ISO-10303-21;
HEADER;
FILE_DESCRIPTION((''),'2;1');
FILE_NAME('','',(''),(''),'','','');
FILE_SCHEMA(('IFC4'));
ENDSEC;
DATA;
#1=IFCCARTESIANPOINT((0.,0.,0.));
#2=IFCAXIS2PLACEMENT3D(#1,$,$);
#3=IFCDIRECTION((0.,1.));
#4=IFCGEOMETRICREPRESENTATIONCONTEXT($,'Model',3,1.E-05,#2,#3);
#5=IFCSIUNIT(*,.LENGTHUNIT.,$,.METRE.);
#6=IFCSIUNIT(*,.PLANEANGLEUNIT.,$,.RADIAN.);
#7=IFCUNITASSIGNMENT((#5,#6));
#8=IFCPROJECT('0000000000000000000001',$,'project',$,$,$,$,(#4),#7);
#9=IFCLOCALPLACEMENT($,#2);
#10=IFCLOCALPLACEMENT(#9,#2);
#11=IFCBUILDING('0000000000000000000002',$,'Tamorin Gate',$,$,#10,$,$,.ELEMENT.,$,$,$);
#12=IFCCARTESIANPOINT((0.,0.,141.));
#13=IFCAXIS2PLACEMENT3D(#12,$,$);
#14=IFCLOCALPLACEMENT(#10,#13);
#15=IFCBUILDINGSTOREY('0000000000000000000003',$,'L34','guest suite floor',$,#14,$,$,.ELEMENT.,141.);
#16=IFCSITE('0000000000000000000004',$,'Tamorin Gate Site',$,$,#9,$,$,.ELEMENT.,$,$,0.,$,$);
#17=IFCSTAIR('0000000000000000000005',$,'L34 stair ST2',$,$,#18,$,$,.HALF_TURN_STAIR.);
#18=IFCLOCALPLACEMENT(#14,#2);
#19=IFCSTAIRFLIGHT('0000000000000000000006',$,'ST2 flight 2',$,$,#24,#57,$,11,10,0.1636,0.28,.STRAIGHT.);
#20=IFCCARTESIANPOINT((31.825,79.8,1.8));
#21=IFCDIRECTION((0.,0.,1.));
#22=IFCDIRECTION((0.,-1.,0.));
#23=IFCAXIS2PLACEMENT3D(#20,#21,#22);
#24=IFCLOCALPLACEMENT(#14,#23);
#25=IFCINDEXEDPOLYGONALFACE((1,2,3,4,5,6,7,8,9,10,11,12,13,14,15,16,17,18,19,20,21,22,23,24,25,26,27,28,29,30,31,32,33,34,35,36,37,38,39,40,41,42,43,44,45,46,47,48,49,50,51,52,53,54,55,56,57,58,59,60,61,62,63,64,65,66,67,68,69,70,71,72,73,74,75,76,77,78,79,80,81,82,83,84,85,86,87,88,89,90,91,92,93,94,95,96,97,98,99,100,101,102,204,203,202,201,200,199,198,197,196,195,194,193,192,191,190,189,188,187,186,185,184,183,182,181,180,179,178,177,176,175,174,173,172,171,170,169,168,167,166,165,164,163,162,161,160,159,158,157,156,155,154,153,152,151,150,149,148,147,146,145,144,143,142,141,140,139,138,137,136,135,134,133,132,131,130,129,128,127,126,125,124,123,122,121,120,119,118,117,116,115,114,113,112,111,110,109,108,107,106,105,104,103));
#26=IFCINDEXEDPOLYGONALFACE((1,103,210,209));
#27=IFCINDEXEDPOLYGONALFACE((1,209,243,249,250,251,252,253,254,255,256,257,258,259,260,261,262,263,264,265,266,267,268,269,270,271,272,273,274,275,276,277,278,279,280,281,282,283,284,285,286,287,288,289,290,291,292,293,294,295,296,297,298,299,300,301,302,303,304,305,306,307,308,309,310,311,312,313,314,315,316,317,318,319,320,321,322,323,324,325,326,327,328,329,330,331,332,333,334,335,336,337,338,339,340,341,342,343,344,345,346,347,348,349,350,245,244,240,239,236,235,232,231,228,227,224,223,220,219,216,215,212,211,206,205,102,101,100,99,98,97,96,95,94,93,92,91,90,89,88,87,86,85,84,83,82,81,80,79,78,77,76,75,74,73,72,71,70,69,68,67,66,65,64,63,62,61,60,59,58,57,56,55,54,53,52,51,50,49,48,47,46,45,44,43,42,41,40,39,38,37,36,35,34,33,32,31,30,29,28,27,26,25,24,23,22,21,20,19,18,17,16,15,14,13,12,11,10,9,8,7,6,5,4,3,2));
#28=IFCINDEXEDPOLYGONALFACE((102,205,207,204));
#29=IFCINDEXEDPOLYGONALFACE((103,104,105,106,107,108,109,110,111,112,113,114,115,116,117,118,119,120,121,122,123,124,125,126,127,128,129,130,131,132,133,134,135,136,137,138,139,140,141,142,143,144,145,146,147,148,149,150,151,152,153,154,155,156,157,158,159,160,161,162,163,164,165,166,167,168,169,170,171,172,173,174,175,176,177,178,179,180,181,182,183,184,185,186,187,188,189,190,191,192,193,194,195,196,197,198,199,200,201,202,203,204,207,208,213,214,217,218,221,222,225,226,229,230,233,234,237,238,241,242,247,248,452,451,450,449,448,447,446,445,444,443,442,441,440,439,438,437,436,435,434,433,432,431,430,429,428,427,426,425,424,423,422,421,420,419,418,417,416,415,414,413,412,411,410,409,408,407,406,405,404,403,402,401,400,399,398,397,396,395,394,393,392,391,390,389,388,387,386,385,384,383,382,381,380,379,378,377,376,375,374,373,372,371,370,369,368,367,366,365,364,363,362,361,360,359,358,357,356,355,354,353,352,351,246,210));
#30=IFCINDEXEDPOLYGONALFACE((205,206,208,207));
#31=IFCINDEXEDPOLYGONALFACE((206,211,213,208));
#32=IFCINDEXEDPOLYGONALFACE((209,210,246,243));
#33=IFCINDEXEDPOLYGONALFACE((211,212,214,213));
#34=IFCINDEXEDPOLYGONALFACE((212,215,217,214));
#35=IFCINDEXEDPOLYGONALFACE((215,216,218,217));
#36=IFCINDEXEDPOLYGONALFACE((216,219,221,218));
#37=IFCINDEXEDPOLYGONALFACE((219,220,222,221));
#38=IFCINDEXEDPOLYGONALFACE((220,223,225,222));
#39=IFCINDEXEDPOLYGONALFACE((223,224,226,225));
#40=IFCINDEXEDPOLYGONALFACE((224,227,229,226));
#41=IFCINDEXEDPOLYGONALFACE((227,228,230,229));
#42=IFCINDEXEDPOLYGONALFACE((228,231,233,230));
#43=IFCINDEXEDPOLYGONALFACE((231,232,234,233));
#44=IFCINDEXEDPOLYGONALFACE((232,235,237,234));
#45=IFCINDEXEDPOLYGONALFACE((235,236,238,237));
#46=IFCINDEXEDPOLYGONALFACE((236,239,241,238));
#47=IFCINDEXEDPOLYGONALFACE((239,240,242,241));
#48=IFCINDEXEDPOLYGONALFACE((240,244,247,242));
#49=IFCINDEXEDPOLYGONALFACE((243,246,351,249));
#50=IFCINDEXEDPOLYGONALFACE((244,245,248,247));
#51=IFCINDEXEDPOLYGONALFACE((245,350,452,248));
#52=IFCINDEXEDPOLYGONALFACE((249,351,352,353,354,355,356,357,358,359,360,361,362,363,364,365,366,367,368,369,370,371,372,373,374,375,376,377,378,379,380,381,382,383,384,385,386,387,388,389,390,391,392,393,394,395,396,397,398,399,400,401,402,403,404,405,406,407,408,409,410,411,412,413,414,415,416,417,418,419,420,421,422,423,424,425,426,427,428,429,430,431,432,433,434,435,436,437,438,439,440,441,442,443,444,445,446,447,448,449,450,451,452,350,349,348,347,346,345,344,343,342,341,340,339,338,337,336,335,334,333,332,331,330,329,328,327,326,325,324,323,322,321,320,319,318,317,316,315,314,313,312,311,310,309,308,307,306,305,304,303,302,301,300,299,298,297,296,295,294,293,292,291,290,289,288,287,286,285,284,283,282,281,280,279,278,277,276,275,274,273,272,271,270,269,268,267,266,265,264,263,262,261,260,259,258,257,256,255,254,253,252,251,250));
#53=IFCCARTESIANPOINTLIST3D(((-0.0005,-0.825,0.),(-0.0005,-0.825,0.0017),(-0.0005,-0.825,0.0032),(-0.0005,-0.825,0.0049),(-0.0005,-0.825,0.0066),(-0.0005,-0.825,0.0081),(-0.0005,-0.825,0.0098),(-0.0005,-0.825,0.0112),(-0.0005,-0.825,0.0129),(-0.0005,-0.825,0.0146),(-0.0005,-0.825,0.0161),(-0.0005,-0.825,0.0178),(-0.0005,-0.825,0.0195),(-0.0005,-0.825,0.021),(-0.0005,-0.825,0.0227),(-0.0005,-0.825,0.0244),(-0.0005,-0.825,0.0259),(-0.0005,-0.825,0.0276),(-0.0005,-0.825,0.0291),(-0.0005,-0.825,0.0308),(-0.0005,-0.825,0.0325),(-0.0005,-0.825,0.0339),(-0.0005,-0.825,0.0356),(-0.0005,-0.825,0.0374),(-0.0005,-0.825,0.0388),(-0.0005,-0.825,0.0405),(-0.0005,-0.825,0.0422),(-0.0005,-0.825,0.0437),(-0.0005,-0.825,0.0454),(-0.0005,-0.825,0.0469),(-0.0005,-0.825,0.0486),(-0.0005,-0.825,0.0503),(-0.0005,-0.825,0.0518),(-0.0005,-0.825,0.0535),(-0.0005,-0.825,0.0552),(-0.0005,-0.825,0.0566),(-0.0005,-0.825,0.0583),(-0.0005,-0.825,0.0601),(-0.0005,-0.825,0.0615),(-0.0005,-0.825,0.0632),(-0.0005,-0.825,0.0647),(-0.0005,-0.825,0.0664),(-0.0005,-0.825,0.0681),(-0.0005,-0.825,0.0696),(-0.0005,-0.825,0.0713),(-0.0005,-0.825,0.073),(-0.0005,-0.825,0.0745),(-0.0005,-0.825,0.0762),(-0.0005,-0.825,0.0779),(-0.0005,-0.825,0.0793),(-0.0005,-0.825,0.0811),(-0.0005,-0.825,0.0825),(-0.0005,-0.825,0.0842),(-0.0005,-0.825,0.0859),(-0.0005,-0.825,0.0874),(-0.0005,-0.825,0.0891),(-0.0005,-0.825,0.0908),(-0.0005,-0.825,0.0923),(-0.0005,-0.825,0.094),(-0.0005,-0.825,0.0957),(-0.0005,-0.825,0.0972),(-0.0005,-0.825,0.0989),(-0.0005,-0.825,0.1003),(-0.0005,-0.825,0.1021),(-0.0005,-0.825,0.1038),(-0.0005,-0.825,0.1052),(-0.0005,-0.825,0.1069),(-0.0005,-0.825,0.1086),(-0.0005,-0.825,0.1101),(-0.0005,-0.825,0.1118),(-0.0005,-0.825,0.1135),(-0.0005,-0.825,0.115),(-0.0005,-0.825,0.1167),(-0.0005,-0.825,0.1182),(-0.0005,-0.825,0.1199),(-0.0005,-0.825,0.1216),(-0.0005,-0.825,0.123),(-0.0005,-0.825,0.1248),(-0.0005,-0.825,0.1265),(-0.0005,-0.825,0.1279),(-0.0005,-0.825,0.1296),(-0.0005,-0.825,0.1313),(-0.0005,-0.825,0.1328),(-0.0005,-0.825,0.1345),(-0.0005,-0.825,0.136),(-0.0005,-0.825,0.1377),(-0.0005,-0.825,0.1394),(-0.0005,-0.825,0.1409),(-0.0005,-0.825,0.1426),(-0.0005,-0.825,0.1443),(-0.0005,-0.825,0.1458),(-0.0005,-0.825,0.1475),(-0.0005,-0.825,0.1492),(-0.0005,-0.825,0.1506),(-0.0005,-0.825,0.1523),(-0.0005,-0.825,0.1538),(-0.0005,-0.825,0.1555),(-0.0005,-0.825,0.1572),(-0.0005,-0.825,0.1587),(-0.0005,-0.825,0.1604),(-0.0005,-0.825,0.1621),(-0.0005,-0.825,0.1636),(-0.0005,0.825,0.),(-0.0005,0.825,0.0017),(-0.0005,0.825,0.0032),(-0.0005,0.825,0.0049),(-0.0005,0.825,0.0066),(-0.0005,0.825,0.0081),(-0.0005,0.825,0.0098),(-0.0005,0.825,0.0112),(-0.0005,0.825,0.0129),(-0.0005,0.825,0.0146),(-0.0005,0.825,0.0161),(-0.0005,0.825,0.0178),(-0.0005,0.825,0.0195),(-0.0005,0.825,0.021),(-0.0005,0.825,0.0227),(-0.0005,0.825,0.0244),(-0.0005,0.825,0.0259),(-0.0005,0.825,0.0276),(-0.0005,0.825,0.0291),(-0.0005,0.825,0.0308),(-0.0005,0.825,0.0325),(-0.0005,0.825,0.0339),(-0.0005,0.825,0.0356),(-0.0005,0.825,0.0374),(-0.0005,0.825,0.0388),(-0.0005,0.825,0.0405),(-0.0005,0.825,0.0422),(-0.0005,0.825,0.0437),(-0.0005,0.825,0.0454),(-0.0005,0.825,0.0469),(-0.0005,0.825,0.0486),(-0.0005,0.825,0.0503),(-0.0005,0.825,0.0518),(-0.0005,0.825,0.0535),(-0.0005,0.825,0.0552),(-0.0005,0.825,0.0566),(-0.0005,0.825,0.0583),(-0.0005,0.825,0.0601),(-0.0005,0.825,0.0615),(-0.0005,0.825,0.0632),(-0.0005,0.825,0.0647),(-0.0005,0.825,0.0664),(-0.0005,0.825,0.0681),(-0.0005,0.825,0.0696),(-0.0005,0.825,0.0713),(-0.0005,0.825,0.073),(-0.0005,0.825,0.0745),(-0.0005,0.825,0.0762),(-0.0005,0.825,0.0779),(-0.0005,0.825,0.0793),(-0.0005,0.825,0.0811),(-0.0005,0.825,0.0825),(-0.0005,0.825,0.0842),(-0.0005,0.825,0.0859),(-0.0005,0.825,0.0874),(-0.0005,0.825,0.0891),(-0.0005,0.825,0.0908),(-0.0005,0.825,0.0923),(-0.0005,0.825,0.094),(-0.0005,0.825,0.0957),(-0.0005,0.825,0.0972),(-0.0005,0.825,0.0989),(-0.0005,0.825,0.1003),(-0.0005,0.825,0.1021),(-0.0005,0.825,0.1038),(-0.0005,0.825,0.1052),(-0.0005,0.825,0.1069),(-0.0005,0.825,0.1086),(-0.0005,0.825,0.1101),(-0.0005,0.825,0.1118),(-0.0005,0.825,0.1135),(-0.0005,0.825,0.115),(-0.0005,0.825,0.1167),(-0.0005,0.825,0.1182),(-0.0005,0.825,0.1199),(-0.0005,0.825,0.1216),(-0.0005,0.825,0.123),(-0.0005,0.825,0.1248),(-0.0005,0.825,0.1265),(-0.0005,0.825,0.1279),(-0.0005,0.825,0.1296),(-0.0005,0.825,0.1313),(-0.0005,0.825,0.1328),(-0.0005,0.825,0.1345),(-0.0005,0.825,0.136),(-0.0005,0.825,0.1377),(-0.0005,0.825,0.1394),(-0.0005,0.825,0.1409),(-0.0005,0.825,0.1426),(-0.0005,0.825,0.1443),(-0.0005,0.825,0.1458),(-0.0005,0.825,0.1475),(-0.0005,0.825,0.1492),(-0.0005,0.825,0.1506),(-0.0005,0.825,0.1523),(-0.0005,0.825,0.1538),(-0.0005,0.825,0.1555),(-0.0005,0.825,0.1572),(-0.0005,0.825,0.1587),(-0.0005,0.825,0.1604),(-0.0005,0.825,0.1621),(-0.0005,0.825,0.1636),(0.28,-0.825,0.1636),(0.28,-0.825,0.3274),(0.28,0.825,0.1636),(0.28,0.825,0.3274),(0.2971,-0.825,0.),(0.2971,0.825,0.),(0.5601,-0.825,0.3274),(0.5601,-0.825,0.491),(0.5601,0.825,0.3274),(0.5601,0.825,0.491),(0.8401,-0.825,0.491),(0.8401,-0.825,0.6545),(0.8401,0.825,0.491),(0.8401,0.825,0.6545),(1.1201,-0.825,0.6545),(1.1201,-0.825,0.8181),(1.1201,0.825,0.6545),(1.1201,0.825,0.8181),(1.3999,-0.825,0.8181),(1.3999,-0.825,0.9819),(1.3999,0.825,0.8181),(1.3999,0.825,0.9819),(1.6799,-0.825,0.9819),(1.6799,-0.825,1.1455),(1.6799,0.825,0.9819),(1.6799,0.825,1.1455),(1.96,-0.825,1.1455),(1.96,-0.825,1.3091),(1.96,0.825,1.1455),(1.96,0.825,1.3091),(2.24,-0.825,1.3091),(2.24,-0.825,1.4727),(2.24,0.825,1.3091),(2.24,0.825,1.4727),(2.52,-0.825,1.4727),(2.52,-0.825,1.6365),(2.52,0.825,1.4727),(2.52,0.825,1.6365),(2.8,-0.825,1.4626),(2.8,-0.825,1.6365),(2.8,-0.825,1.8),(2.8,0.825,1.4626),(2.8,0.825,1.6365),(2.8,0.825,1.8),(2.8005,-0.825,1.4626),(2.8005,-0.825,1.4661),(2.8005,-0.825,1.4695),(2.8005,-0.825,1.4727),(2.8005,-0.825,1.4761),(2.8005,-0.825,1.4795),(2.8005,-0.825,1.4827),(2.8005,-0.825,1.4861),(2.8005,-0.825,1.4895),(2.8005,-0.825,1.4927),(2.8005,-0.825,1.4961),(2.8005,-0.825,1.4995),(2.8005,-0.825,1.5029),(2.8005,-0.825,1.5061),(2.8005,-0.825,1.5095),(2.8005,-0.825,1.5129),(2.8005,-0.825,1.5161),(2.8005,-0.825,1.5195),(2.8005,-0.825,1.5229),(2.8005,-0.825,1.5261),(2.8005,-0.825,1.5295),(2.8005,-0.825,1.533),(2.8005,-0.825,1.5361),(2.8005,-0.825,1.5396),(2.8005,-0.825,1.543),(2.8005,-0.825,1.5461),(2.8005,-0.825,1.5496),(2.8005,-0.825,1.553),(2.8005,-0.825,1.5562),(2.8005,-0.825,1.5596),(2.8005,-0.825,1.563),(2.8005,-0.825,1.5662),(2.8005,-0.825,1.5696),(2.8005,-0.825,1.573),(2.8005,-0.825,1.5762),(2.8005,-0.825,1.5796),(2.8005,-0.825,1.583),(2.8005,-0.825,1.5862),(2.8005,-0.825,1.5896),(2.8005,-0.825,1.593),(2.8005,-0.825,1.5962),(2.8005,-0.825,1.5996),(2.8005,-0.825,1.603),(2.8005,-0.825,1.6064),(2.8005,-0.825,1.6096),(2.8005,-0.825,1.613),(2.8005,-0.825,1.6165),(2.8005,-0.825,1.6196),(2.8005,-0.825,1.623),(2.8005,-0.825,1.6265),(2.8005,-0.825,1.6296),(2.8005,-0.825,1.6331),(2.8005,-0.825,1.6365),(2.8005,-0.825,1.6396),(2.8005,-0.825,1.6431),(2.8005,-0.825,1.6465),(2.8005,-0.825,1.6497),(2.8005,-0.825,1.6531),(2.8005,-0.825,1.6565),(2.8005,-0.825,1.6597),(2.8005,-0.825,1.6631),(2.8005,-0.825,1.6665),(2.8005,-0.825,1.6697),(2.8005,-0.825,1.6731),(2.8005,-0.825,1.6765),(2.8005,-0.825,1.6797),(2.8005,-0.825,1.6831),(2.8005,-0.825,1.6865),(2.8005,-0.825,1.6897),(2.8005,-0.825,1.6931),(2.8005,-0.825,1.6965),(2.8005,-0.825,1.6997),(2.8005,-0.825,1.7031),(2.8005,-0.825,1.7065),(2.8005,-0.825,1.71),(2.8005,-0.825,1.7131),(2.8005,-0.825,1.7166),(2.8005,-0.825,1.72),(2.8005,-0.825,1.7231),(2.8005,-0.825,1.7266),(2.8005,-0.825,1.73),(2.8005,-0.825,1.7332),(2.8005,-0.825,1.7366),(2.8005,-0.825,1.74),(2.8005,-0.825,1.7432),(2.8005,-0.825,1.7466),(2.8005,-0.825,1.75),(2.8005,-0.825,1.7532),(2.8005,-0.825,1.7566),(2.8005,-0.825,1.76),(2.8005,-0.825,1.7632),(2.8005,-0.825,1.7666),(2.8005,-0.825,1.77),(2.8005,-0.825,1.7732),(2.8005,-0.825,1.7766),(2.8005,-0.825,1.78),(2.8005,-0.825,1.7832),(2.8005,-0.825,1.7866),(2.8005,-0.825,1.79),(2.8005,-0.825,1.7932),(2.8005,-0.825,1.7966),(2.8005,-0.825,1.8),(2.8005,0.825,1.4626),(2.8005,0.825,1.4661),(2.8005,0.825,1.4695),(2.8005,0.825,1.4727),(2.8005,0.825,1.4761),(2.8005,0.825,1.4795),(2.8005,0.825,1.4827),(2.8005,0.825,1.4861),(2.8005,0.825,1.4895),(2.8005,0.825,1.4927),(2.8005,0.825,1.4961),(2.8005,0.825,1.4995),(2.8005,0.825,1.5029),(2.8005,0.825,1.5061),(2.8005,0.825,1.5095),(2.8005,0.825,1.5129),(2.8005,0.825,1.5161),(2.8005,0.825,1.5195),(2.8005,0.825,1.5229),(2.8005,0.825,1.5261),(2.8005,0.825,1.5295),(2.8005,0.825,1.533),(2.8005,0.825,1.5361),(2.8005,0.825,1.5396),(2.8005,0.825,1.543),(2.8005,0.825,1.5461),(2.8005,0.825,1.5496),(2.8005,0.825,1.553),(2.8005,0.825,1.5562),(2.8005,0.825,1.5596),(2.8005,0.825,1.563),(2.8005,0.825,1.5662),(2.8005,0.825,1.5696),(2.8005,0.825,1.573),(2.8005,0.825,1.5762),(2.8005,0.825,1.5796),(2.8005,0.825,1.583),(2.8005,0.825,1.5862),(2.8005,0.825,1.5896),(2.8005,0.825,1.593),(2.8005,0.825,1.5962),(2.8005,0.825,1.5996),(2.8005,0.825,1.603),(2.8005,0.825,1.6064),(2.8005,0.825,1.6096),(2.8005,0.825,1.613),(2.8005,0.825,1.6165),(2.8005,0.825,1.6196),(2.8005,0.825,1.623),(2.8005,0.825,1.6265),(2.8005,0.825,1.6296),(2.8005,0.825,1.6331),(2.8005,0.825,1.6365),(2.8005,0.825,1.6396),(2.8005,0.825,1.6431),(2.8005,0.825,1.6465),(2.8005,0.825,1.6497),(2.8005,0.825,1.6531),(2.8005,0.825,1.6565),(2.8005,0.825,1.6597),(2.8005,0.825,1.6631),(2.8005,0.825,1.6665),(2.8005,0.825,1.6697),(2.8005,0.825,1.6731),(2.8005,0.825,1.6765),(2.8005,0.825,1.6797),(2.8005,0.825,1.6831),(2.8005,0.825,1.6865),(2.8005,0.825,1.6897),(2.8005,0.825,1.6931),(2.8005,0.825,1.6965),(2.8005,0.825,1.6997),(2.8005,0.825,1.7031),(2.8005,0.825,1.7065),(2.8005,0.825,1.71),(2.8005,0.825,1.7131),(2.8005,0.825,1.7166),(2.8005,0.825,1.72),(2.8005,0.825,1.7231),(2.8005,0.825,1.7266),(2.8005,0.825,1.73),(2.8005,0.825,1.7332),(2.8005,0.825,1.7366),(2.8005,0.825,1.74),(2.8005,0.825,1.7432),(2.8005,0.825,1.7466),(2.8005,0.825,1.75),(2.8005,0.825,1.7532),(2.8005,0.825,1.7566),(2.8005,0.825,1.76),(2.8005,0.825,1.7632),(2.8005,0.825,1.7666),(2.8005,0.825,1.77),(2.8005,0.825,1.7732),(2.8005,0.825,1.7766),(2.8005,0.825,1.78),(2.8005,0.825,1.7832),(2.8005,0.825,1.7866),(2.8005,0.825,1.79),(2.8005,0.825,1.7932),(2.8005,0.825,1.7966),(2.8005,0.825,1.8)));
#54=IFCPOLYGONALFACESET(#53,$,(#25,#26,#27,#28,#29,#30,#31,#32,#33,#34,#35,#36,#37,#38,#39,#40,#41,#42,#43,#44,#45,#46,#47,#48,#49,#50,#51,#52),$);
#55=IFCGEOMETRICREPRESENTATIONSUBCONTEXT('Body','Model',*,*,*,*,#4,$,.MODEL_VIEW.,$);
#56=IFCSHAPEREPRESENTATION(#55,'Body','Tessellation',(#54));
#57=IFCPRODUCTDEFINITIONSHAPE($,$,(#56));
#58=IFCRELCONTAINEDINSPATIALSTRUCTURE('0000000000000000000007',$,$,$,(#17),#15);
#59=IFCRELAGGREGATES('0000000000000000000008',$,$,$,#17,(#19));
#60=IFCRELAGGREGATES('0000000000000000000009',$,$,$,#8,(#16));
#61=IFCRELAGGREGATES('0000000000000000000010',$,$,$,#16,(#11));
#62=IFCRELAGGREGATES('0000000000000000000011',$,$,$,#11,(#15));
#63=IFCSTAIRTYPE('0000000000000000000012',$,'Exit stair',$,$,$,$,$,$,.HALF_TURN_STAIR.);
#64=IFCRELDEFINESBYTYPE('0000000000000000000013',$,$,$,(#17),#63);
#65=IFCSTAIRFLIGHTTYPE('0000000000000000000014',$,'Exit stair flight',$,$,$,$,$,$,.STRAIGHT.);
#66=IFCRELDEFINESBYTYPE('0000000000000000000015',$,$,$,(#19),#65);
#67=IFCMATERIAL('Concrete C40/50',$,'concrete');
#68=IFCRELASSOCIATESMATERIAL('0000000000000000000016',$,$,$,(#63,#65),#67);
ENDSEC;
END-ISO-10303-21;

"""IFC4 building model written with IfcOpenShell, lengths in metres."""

from ifc_helpers import new_model, si_unit, direction, frame, origin, place, context, subcontext, project, spatial, polyline, outline, extrude, material, type_object, element, aggregate, save


model = new_model("IFC4")

# Units and contexts
model_context = context("Model", 3, precision=1e-05, world=origin(), true_north=direction((0.0, 1.0)))
body_context = subcontext(model_context, "Body", "Model", "MODEL_VIEW")
ifc_project = project(units=[si_unit("LENGTHUNIT", "METRE"), si_unit("PLANEANGLEUNIT", "RADIAN")], contexts=[model_context])

# Site, building, storey
site_placement = place(None, origin())
site = spatial("IfcSite", under=ifc_project, at=site_placement, Name="Tamorin Gate Site", CompositionType="ELEMENT", RefElevation=0.0)
building_placement = place(site_placement, origin())
building = spatial("IfcBuilding", under=site, at=building_placement, Name="Tamorin Gate", CompositionType="ELEMENT")
storey_placement = place(building_placement, frame((0.0, 0.0, 141.0)))
storey = spatial("IfcBuildingStorey", under=building, at=storey_placement, Name="L34", Description="guest suite floor", CompositionType="ELEMENT", Elevation=141.0)

# Shared definitions
ifc_material_1 = material(Name="Concrete C40/50", Category="concrete")

# Stair, stair flight
stair_type = type_object("IfcStairType", Name="Exit stair", PredefinedType="HALF_TURN_STAIR", material=ifc_material_1)
stair_flight_type = type_object("IfcStairFlightType", Name="Exit stair flight", PredefinedType="STRAIGHT", material=ifc_material_1)
stair_1_placement = place(storey_placement, origin())
stair_1 = element("IfcStair", 1, at=stair_1_placement, inside=storey, type_object=stair_type, Name="L34 stair ST2", PredefinedType="HALF_TURN_STAIR")
stair_flight_1_placement = place(storey_placement, frame((31.825, 79.8, 1.8), z_axis=(0.0, 0.0, 1.0), x_axis=(0.0, -1.0, 0.0)))
stair_flight_1 = element("IfcStairFlight", 2, at=stair_flight_1_placement, type_object=stair_flight_type, Name="ST2 flight 2", NumberOfRisers=11, NumberOfTreads=10, PredefinedType="STRAIGHT", RiserHeight=0.1636, TreadLength=0.28, context=body_context, shape_type="SweptSolid", body=[
    extrude(outline(polyline([(-0.0005, 0.0), (-0.0005, 0.0017), (-0.0005, 0.0032), (-0.0005, 0.0049), (-0.0005, 0.0066), (-0.0005, 0.0081), (-0.0005, 0.0098), (-0.0005, 0.0112), (-0.0005, 0.0129), (-0.0005, 0.0146), (-0.0005, 0.0161), (-0.0005, 0.0178), (-0.0005, 0.0195), (-0.0005, 0.021), (-0.0005, 0.0227), (-0.0005, 0.0244), (-0.0005, 0.0259), (-0.0005, 0.0276), (-0.0005, 0.0291), (-0.0005, 0.0308), (-0.0005, 0.0325), (-0.0005, 0.0339), (-0.0005, 0.0356), (-0.0005, 0.0374), (-0.0005, 0.0388), (-0.0005, 0.0405), (-0.0005, 0.0422), (-0.0005, 0.0437), (-0.0005, 0.0454), (-0.0005, 0.0469), (-0.0005, 0.0486), (-0.0005, 0.0503), (-0.0005, 0.0518), (-0.0005, 0.0535), (-0.0005, 0.0552), (-0.0005, 0.0566), (-0.0005, 0.0583), (-0.0005, 0.0601), (-0.0005, 0.0615), (-0.0005, 0.0632), (-0.0005, 0.0647), (-0.0005, 0.0664), (-0.0005, 0.0681), (-0.0005, 0.0696), (-0.0005, 0.0713), (-0.0005, 0.073), (-0.0005, 0.0745), (-0.0005, 0.0762), (-0.0005, 0.0779), (-0.0005, 0.0793), (-0.0005, 0.0811), (-0.0005, 0.0825), (-0.0005, 0.0842), (-0.0005, 0.0859), (-0.0005, 0.0874), (-0.0005, 0.0891), (-0.0005, 0.0908), (-0.0005, 0.0923), (-0.0005, 0.094), (-0.0005, 0.0957), (-0.0005, 0.0972), (-0.0005, 0.0989), (-0.0005, 0.1003), (-0.0005, 0.1021), (-0.0005, 0.1038), (-0.0005, 0.1052), (-0.0005, 0.1069), (-0.0005, 0.1086), (-0.0005, 0.1101), (-0.0005, 0.1118), (-0.0005, 0.1135), (-0.0005, 0.115), (-0.0005, 0.1167), (-0.0005, 0.1182), (-0.0005, 0.1199), (-0.0005, 0.1216), (-0.0005, 0.123), (-0.0005, 0.1248), (-0.0005, 0.1265), (-0.0005, 0.1279), (-0.0005, 0.1296), (-0.0005, 0.1313), (-0.0005, 0.1328), (-0.0005, 0.1345), (-0.0005, 0.136), (-0.0005, 0.1377), (-0.0005, 0.1394), (-0.0005, 0.1409), (-0.0005, 0.1426), (-0.0005, 0.1443), (-0.0005, 0.1458), (-0.0005, 0.1475), (-0.0005, 0.1492), (-0.0005, 0.1506), (-0.0005, 0.1523), (-0.0005, 0.1538), (-0.0005, 0.1555), (-0.0005, 0.1572), (-0.0005, 0.1587), (-0.0005, 0.1604), (-0.0005, 0.1621), (-0.0005, 0.1636), (0.28, 0.1636), (0.28, 0.3274), (0.5601, 0.3274), (0.5601, 0.491), (0.8401, 0.491), (0.8401, 0.6545), (1.1201, 0.6545), (1.1201, 0.8181), (1.3999, 0.8181), (1.3999, 0.9819), (1.6799, 0.9819), (1.6799, 1.1455), (1.96, 1.1455), (1.96, 1.3091), (2.24, 1.3091), (2.24, 1.4727), (2.52, 1.4727), (2.52, 1.6365), (2.8, 1.6365), (2.8, 1.8), (2.8005, 1.8), (2.8005, 1.7966), (2.8005, 1.7932), (2.8005, 1.79), (2.8005, 1.7866), (2.8005, 1.7832), (2.8005, 1.78), (2.8005, 1.7766), (2.8005, 1.7732), (2.8005, 1.77), (2.8005, 1.7666), (2.8005, 1.7632), (2.8005, 1.76), (2.8005, 1.7566), (2.8005, 1.7532), (2.8005, 1.75), (2.8005, 1.7466), (2.8005, 1.7432), (2.8005, 1.74), (2.8005, 1.7366), (2.8005, 1.7332), (2.8005, 1.73), (2.8005, 1.7266), (2.8005, 1.7231), (2.8005, 1.72), (2.8005, 1.7166), (2.8005, 1.7131), (2.8005, 1.71), (2.8005, 1.7065), (2.8005, 1.7031), (2.8005, 1.6997), (2.8005, 1.6965), (2.8005, 1.6931), (2.8005, 1.6897), (2.8005, 1.6865), (2.8005, 1.6831), (2.8005, 1.6797), (2.8005, 1.6765), (2.8005, 1.6731), (2.8005, 1.6697), (2.8005, 1.6665), (2.8005, 1.6631), (2.8005, 1.6597), (2.8005, 1.6565), (2.8005, 1.6531), (2.8005, 1.6497), (2.8005, 1.6465), (2.8005, 1.6431), (2.8005, 1.6396), (2.8005, 1.6365), (2.8005, 1.6331), (2.8005, 1.6296), (2.8005, 1.6265), (2.8005, 1.623), (2.8005, 1.6196), (2.8005, 1.6165), (2.8005, 1.613), (2.8005, 1.6096), (2.8005, 1.6064), (2.8005, 1.603), (2.8005, 1.5996), (2.8005, 1.5962), (2.8005, 1.593), (2.8005, 1.5896), (2.8005, 1.5862), (2.8005, 1.583), (2.8005, 1.5796), (2.8005, 1.5762), (2.8005, 1.573), (2.8005, 1.5696), (2.8005, 1.5662), (2.8005, 1.563), (2.8005, 1.5596), (2.8005, 1.5562), (2.8005, 1.553), (2.8005, 1.5496), (2.8005, 1.5461), (2.8005, 1.543), (2.8005, 1.5396), (2.8005, 1.5361), (2.8005, 1.533), (2.8005, 1.5295), (2.8005, 1.5261), (2.8005, 1.5229), (2.8005, 1.5195), (2.8005, 1.5161), (2.8005, 1.5129), (2.8005, 1.5095), (2.8005, 1.5061), (2.8005, 1.5029), (2.8005, 1.4995), (2.8005, 1.4961), (2.8005, 1.4927), (2.8005, 1.4895), (2.8005, 1.4861), (2.8005, 1.4827), (2.8005, 1.4795), (2.8005, 1.4761), (2.8005, 1.4727), (2.8005, 1.4695), (2.8005, 1.4661), (2.8005, 1.4626), (2.8, 1.4626), (0.2971, 0.0), (-0.0005, 0.0)])), frame((0.0, 0.825, 0.0), z_axis=(0.0, -1.0, 0.0), x_axis=(1.0, 0.0, 0.0)), (0.0, 0.0, 1.0), 1.6499),
])
aggregate(stair_1, [stair_flight_1])

save(model, "model.ifc")
